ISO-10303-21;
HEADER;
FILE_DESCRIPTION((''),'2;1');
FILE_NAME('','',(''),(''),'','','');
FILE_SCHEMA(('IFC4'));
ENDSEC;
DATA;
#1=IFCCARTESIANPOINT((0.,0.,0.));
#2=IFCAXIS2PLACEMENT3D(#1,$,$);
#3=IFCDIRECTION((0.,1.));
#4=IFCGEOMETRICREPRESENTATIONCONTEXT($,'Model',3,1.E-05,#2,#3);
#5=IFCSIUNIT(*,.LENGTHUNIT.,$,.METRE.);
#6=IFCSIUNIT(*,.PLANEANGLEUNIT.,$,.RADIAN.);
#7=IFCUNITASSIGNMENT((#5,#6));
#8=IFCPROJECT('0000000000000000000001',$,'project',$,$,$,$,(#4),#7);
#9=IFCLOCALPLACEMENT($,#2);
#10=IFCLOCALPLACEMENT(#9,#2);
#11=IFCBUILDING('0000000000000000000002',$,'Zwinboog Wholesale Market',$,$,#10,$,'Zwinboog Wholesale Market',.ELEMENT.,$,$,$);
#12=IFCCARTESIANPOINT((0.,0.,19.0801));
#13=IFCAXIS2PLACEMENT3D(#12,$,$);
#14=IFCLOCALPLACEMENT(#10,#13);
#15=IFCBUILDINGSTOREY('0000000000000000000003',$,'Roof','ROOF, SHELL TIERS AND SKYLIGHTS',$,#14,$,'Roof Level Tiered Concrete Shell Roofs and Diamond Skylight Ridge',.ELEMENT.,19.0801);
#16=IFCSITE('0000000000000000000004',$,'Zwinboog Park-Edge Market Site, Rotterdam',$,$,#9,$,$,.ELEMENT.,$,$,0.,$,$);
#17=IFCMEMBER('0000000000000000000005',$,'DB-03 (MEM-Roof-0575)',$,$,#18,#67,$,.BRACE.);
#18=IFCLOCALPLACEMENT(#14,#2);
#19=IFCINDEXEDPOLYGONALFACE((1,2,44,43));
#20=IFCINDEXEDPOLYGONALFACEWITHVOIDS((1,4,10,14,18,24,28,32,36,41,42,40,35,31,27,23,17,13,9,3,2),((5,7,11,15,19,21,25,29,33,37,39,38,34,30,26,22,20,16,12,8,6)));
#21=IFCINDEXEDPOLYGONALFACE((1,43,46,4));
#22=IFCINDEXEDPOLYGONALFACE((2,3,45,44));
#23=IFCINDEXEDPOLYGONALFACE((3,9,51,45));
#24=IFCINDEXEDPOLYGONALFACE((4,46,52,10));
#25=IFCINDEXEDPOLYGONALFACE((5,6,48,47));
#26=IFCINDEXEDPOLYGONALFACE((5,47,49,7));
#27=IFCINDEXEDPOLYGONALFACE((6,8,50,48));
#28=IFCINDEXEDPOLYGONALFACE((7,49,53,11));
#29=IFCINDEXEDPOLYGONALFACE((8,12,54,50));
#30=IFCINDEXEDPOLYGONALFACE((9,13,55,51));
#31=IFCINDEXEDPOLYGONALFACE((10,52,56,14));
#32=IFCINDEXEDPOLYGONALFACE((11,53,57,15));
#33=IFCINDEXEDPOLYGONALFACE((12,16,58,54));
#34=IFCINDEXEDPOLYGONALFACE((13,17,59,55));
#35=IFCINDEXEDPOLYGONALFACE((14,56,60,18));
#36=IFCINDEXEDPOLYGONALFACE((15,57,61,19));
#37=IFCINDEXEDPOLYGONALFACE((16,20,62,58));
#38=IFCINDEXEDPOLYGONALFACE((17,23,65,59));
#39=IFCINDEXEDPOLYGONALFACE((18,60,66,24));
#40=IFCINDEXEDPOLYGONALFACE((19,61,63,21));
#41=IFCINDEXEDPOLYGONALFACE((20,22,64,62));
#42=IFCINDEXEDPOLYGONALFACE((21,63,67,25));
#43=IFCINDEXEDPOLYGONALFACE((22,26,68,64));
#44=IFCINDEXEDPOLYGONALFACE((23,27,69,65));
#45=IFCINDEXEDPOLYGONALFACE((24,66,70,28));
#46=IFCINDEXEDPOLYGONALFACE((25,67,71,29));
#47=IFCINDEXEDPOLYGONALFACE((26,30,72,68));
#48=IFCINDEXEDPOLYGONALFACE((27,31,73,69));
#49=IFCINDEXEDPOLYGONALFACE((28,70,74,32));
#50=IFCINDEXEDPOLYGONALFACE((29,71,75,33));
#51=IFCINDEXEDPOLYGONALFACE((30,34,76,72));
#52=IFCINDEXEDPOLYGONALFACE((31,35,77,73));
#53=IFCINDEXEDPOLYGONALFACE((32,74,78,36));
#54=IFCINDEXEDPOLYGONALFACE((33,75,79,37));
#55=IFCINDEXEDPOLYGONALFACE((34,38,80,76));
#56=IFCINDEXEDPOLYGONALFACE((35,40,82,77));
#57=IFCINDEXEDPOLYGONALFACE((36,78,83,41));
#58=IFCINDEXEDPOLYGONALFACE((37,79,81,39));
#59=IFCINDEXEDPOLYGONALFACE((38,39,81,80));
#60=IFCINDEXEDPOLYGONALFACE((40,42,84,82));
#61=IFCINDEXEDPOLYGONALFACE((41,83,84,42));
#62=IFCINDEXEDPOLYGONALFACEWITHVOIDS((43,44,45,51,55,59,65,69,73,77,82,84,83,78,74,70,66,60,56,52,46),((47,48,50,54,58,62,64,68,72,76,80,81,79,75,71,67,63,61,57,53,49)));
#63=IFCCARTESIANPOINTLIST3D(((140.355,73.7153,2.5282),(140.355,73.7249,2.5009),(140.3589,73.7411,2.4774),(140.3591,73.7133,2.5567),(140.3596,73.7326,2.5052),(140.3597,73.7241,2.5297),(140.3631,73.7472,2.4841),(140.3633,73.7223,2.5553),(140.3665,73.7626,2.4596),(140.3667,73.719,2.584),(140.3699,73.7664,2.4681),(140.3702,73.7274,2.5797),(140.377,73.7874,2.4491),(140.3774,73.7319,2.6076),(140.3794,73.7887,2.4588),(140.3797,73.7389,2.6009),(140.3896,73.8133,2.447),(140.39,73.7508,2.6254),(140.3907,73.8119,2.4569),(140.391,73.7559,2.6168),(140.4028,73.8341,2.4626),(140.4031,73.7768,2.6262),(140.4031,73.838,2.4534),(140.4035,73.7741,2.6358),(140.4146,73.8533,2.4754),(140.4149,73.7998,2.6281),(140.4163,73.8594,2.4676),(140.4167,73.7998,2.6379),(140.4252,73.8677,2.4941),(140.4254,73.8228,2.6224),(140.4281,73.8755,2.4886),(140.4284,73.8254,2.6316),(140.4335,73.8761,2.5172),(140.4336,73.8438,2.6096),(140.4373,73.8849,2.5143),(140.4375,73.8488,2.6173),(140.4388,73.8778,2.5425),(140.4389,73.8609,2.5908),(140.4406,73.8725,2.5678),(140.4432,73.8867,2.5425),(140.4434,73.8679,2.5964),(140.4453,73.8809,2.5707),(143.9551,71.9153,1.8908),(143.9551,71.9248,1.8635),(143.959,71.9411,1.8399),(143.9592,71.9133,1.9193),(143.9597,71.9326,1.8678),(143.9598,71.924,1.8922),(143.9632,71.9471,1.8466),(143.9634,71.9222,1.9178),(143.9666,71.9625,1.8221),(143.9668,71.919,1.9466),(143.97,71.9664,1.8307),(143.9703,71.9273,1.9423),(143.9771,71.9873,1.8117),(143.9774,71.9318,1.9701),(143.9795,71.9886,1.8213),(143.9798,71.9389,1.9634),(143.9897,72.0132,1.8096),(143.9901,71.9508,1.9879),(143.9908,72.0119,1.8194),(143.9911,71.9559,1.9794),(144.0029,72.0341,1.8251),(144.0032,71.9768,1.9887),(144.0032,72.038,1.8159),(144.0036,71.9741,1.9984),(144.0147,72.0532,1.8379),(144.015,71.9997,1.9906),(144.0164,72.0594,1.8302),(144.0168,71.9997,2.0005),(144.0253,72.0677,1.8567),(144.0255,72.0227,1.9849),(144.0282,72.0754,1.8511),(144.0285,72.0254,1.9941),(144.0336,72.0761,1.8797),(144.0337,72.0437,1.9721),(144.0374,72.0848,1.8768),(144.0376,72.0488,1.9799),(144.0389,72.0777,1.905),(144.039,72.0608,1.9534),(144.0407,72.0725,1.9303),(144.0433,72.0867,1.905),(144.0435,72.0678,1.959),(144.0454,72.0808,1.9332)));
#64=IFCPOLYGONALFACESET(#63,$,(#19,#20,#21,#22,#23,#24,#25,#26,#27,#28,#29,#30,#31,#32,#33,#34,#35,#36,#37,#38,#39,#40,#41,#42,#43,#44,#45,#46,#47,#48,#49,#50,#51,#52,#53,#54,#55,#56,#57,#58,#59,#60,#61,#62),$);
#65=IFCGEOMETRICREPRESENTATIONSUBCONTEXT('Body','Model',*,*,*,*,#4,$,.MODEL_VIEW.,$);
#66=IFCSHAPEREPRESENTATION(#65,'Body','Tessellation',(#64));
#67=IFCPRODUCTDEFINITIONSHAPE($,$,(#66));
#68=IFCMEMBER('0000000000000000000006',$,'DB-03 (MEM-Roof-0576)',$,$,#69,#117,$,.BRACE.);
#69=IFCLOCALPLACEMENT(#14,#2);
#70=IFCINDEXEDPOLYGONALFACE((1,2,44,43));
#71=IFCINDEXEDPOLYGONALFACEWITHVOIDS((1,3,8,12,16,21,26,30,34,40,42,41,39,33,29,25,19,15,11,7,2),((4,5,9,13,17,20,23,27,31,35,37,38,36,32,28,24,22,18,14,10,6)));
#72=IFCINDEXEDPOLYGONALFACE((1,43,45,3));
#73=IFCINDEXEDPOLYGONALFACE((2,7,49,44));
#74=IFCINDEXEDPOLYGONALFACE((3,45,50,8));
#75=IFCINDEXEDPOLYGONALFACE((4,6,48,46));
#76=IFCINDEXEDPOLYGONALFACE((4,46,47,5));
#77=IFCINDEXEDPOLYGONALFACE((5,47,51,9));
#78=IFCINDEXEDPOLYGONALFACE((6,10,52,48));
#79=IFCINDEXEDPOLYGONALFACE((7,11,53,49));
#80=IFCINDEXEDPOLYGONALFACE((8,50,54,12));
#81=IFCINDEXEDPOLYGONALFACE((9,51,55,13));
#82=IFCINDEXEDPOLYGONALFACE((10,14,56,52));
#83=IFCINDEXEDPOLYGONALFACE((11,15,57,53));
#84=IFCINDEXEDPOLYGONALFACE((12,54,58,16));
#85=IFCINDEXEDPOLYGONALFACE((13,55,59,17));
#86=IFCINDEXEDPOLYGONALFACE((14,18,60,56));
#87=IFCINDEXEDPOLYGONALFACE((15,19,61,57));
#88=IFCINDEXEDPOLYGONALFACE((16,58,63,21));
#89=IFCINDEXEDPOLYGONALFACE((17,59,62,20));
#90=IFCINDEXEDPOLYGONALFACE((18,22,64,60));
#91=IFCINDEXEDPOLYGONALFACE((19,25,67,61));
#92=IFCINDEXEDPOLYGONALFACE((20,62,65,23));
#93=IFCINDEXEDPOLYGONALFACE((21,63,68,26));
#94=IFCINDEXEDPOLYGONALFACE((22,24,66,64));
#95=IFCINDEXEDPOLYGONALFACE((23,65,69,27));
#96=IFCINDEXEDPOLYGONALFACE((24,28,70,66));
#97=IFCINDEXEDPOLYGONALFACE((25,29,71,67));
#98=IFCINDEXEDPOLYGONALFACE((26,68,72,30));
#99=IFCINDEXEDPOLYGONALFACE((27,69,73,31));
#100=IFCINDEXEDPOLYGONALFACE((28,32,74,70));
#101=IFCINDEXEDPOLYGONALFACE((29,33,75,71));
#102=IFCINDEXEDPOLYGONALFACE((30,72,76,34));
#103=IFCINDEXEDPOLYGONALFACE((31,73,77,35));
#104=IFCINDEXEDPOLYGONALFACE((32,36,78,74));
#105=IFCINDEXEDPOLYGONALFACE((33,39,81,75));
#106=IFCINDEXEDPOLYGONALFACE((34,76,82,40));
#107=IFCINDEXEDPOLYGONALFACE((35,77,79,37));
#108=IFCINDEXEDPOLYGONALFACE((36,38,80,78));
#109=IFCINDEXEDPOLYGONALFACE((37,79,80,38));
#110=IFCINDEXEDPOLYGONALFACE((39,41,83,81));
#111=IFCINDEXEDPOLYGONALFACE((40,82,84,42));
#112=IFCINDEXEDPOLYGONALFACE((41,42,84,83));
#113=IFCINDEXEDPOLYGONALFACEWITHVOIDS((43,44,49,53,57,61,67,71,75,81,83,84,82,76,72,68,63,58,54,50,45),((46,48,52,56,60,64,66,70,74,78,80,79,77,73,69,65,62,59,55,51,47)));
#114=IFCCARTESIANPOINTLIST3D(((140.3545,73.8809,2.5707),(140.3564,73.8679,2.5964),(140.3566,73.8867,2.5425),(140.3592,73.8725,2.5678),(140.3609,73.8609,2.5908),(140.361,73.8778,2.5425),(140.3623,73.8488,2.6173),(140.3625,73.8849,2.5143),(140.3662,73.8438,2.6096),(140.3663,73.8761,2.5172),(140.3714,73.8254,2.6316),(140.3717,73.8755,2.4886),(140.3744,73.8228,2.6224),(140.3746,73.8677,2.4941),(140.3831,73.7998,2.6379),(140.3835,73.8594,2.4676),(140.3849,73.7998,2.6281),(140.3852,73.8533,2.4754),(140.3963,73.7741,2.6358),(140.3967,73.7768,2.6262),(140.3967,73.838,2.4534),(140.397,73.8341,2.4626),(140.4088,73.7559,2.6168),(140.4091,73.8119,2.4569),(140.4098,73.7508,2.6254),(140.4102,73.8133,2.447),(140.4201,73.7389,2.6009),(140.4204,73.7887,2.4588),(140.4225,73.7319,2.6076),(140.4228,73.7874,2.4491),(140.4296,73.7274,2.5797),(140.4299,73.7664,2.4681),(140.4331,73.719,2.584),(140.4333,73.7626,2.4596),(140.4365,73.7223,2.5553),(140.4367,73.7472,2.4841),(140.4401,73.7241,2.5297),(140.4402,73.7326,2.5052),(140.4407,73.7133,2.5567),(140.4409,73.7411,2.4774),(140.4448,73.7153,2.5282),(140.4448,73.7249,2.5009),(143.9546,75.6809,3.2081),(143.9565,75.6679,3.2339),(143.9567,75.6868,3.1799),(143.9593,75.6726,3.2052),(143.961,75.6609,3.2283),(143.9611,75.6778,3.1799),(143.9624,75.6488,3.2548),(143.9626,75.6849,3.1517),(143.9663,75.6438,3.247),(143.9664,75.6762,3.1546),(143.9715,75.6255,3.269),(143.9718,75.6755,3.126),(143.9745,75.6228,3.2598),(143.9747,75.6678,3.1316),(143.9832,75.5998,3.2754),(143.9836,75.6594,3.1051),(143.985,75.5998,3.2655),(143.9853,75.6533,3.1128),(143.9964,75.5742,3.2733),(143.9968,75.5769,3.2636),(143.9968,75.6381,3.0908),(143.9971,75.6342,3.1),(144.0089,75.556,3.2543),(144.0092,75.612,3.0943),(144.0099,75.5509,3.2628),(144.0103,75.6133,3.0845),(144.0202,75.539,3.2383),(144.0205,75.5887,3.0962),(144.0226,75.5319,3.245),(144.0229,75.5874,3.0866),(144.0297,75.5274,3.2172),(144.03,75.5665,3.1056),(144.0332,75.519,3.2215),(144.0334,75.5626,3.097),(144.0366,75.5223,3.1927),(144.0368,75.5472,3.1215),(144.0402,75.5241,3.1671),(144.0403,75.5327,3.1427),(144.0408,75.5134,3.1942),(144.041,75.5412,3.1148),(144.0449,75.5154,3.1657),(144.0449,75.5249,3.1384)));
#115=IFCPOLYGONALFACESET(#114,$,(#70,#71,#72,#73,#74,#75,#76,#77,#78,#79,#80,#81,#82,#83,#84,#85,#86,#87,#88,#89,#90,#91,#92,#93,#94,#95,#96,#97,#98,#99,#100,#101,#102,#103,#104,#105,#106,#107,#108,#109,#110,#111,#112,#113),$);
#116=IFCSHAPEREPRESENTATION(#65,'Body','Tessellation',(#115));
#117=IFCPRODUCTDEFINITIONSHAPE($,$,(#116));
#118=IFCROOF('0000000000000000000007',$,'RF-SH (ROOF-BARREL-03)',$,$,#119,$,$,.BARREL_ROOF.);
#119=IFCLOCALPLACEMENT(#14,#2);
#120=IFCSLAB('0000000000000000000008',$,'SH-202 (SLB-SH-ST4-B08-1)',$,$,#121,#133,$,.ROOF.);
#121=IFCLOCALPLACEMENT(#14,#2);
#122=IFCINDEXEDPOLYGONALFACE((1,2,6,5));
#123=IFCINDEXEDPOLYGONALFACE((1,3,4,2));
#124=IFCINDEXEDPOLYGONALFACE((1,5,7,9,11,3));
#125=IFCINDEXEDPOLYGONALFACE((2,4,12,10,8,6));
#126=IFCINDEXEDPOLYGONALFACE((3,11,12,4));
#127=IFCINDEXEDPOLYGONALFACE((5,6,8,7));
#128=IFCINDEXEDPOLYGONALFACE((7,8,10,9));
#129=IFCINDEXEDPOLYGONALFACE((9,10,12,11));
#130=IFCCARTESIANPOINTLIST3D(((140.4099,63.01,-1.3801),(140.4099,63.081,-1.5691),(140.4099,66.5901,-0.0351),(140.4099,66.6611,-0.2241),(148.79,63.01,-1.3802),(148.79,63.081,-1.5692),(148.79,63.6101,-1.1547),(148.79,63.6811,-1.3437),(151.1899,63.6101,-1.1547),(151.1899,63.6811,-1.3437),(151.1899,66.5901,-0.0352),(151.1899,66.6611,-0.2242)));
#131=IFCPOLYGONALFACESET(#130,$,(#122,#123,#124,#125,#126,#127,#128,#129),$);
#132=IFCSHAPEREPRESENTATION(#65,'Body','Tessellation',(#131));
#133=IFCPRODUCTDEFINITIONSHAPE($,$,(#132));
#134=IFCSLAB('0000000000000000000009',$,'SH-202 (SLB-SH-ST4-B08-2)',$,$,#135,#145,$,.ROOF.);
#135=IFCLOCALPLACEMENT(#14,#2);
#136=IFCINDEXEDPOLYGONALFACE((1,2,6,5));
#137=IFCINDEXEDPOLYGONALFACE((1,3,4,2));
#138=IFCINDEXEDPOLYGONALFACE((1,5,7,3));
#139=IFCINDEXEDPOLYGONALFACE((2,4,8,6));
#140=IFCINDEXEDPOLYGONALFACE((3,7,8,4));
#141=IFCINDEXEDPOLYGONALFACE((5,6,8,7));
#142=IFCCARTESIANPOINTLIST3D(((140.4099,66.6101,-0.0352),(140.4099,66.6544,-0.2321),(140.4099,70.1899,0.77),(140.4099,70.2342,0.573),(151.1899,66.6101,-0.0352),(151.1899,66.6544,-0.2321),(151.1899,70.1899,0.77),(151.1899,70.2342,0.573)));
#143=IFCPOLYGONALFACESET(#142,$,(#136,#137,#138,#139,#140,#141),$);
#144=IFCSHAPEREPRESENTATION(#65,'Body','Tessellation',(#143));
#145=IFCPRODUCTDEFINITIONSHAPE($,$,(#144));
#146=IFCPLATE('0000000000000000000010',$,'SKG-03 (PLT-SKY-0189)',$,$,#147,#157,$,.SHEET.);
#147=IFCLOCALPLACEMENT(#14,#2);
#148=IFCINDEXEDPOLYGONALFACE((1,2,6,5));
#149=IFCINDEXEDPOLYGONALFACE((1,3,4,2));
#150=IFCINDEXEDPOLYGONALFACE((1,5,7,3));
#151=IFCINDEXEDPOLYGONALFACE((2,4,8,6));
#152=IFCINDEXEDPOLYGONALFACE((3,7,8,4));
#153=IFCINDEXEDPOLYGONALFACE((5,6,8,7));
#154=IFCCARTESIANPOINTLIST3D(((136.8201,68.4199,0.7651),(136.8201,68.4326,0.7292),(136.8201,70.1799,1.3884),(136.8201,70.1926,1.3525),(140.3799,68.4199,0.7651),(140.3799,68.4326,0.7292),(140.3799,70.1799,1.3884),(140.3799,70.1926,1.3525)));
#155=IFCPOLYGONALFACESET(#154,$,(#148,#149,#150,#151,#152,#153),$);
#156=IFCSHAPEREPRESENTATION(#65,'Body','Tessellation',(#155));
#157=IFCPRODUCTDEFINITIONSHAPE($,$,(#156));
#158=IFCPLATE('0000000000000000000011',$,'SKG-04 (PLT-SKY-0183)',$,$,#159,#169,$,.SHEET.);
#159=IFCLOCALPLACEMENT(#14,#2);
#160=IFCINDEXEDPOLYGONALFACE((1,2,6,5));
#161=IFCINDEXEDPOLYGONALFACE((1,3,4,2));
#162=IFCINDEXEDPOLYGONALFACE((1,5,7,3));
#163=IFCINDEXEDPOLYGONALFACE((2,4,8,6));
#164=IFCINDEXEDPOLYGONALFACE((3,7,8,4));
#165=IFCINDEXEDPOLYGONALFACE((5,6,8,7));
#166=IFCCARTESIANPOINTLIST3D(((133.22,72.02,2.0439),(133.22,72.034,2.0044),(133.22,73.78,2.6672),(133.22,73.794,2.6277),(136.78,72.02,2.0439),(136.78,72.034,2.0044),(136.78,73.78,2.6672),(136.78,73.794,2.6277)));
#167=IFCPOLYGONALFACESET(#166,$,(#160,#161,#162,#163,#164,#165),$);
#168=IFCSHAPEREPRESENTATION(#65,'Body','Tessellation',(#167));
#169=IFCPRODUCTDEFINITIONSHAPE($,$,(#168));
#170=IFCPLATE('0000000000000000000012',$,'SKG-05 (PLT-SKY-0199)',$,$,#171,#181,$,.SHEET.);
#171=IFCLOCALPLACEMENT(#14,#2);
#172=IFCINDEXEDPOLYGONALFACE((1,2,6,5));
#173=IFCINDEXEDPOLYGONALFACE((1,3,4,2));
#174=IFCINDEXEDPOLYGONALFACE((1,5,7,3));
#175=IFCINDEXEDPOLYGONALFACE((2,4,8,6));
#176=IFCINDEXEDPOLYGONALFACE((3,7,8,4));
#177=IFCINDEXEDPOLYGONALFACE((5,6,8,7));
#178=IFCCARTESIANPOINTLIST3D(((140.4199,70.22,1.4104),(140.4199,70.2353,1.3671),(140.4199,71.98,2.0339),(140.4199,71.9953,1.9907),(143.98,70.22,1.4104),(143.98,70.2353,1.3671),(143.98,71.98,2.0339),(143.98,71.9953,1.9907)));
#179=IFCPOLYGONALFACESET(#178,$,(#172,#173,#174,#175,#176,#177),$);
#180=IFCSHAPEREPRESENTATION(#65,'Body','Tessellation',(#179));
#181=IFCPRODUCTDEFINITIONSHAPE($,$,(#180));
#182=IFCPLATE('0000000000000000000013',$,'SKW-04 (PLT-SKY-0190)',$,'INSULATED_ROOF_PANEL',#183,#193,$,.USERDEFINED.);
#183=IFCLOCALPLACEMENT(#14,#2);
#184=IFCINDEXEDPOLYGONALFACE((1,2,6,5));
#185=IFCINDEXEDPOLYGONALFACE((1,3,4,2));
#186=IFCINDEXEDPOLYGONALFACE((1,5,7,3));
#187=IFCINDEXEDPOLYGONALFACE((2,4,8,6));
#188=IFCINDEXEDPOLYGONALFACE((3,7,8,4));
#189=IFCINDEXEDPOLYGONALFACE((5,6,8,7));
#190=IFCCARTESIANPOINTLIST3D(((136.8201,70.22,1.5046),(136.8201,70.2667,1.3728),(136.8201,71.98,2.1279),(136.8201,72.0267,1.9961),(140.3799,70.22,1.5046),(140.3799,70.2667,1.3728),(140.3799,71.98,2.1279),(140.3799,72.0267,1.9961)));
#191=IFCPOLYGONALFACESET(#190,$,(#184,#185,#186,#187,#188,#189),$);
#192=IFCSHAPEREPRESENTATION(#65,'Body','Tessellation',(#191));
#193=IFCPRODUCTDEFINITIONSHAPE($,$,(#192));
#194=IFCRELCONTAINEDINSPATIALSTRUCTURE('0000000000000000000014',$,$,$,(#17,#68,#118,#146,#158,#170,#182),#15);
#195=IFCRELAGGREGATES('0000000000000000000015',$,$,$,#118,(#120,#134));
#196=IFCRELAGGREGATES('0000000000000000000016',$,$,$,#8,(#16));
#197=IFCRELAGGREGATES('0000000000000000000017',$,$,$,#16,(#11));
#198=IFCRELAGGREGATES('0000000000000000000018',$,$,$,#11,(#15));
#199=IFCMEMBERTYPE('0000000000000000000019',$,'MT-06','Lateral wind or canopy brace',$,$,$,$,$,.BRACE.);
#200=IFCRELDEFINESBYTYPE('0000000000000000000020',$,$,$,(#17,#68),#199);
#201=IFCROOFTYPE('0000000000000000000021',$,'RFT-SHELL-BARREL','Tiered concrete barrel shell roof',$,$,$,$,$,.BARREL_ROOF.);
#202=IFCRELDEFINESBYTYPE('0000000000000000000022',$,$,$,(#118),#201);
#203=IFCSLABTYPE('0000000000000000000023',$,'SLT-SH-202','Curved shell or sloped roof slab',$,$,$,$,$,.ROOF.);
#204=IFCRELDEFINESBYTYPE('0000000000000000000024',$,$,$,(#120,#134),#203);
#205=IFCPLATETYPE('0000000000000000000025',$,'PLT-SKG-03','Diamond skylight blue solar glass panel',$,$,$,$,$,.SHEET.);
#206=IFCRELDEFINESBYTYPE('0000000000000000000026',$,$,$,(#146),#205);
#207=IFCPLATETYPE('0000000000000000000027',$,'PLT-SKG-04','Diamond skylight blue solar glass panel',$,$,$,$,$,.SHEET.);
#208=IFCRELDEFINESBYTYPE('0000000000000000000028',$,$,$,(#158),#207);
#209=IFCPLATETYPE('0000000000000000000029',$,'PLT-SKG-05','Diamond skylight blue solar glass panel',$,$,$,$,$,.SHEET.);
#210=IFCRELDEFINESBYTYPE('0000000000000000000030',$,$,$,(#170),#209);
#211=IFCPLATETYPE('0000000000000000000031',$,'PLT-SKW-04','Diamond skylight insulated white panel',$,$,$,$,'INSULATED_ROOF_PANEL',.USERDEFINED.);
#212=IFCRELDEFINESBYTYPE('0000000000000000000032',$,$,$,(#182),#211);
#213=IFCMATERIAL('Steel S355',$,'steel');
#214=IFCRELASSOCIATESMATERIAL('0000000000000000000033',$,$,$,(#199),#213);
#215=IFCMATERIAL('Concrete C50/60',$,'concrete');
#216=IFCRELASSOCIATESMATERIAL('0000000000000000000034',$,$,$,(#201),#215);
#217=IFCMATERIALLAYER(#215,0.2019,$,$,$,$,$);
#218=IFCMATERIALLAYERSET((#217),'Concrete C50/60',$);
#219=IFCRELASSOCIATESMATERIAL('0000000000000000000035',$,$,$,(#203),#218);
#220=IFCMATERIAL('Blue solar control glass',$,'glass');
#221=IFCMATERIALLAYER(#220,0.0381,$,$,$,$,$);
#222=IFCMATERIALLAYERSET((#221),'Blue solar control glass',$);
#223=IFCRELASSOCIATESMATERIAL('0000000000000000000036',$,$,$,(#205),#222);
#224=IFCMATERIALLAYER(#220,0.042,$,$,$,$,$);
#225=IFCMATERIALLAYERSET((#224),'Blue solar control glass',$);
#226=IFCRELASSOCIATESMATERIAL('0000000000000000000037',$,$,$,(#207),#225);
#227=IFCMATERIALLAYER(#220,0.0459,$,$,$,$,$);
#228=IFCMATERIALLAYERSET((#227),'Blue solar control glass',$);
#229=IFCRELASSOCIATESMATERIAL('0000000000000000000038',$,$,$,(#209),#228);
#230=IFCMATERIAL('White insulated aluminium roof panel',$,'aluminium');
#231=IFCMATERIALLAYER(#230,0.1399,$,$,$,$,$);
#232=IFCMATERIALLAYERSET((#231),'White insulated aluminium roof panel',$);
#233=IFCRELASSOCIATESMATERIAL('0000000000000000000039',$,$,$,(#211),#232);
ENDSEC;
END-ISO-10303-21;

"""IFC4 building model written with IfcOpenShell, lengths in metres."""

from ifc_helpers import new_model, si_unit, direction, frame, origin, origin_2d, place, context, subcontext, project, spatial, polyline, hollow_circle, outline, extrude, material, layer, layer_set, material_profile, profile_set, type_object, element, aggregate, save


model = new_model("IFC4")

# Units and contexts
model_context = context("Model", 3, precision=1e-05, world=origin(), true_north=direction((0.0, 1.0)))
body_context = subcontext(model_context, "Body", "Model", "MODEL_VIEW")
ifc_project = project(units=[si_unit("LENGTHUNIT", "METRE"), si_unit("PLANEANGLEUNIT", "RADIAN")], contexts=[model_context])

# Site, building, storey
site_placement = place(None, origin())
site = spatial("IfcSite", under=ifc_project, at=site_placement, Name="Zwinboog Park-Edge Market Site, Rotterdam", CompositionType="ELEMENT", RefElevation=0.0)
building_placement = place(site_placement, origin())
building = spatial("IfcBuilding", under=site, at=building_placement, Name="Zwinboog Wholesale Market", LongName="Zwinboog Wholesale Market", CompositionType="ELEMENT")
storey_placement = place(building_placement, frame((0.0, 0.0, 19.0801)))
storey = spatial("IfcBuildingStorey", under=building, at=storey_placement, Name="Roof", Description="ROOF, SHELL TIERS AND SKYLIGHTS", LongName="Roof Level Tiered Concrete Shell Roofs and Diamond Skylight Ridge", CompositionType="ELEMENT", Elevation=19.0801)

# Members
ifc_material_1 = material(Name="Steel S355", Category="steel")
ifc_material_profile_1 = material_profile(ifc_material_1, hollow_circle(Radius=0.0969, WallThickness=0.01, at=origin_2d()), Name="CHS 193.7x10")
ifc_profile_set_1 = profile_set([ifc_material_profile_1], Name="Steel S355")
member_type_1 = type_object("IfcMemberType", Name="MT-06", Description="Lateral wind or canopy brace", PredefinedType="BRACE", material=ifc_profile_set_1)
for number, where, z_axis, x_axis, name in (
    (1, (140.3999, 73.8, 2.5425), (0.883417, -0.441709, -0.156422), (0.447214, 0.894427, 0.0), "DB-03 (MEM-Roof-0575)"),
    (2, (140.3999, 73.8, 2.5425), (0.883417, 0.441709, 0.156422), (-0.447214, 0.894427, 0.0), "DB-03 (MEM-Roof-0576)"),
):
    element("IfcMember", number, at=place(storey_placement, frame(where, z_axis=z_axis, x_axis=x_axis)), inside=storey, type_object=member_type_1, Name=name, PredefinedType="BRACE", context=body_context, shape_type="SweptSolid", body=[
        extrude(hollow_circle(Radius=0.0969, WallThickness=0.01, at=origin_2d()), origin(), (0.0, 0.0, 1.0), 4.0752),
    ])

# Roof, slabs
ifc_material_2 = material(Name="Concrete C50/60", Category="concrete")
roof_type = type_object("IfcRoofType", Name="RFT-SHELL-BARREL", Description="Tiered concrete barrel shell roof", PredefinedType="BARREL_ROOF", material=ifc_material_2)
roof_placement = place(storey_placement, origin())
roof = element("IfcRoof", 3, at=roof_placement, inside=storey, type_object=roof_type, Name="RF-SH (ROOF-BARREL-03)", PredefinedType="BARREL_ROOF")
ifc_layer_1 = layer(ifc_material_2, 0.2019)
ifc_layer_set_1 = layer_set([ifc_layer_1], Name="Concrete C50/60")
slab_type = type_object("IfcSlabType", Name="SLT-SH-202", Description="Curved shell or sloped roof slab", PredefinedType="ROOF", material=ifc_layer_set_1)
slab_1_placement = place(storey_placement, frame((140.4099, 63.01, -1.3801), z_axis=(0.000005, -0.351689, 0.936117), x_axis=(1.0, 0.000002, -0.000004)))
slab_1 = element("IfcSlab", 4, at=slab_1_placement, type_object=slab_type, Name="SH-202 (SLB-SH-ST4-B08-1)", PredefinedType="ROOF", context=body_context, shape_type="SweptSolid", body=[
    extrude(outline(polyline([(0.0, 0.0), (8.3801, 0.0), (8.3801, 0.641), (10.78, 0.641), (10.78, 3.8244), (0.0, 3.8244), (0.0, 0.0)])), origin(), (0.0, 0.0, -1.0), 0.2019),
])
slab_2_placement = place(storey_placement, frame((140.4099, 66.6101, -0.0352), z_axis=(0.0, -0.219438, 0.975626), x_axis=(1.0, 0.0, 0.0)))
slab_2 = element("IfcSlab", 5, at=slab_2_placement, type_object=slab_type, Name="SH-202 (SLB-SH-ST4-B08-2)", PredefinedType="ROOF", context=body_context, shape_type="SweptSolid", body=[
    extrude(outline(polyline([(0.0, 0.0), (10.78, 0.0), (10.78, 3.6693), (0.0, 3.6693), (0.0, 0.0)])), origin(), (0.0, 0.0, -1.0), 0.2019),
])
aggregate(roof, [slab_1, slab_2])

# Plates
ifc_material_3 = material(Name="Blue solar control glass", Category="glass")
ifc_layer_2 = layer(ifc_material_3, 0.0381)
ifc_layer_set_2 = layer_set([ifc_layer_2], Name="Blue solar control glass")
plate_type_1 = type_object("IfcPlateType", Name="PLT-SKG-03", Description="Diamond skylight blue solar glass panel", PredefinedType="SHEET", material=ifc_layer_set_2)
plate_1_placement = place(storey_placement, frame((136.8201, 68.4199, 0.7651), z_axis=(0.0, -0.333825, 0.942635), x_axis=(1.0, 0.0, 0.0)))
element("IfcPlate", 6, at=plate_1_placement, inside=storey, type_object=plate_type_1, Name="SKG-03 (PLT-SKY-0189)", PredefinedType="SHEET", context=body_context, shape_type="SweptSolid", body=[
    extrude(outline(polyline([(0.0, 0.0), (3.5598, 0.0), (3.5598, 1.8671), (0.0, 1.8671), (0.0, 0.0)])), origin(), (0.0, 0.0, -1.0), 0.0381),
])
ifc_layer_3 = layer(ifc_material_3, 0.042)
ifc_layer_set_3 = layer_set([ifc_layer_3], Name="Blue solar control glass")
plate_type_2 = type_object("IfcPlateType", Name="PLT-SKG-04", Description="Diamond skylight blue solar glass panel", PredefinedType="SHEET", material=ifc_layer_set_3)
plate_2_placement = place(storey_placement, frame((133.22, 72.02, 2.0439), z_axis=(0.0, -0.333825, 0.942635), x_axis=(1.0, 0.0, 0.0)))
element("IfcPlate", 7, at=plate_2_placement, inside=storey, type_object=plate_type_2, Name="SKG-04 (PLT-SKY-0183)", PredefinedType="SHEET", context=body_context, shape_type="SweptSolid", body=[
    extrude(outline(polyline([(0.0, 0.0), (3.5601, 0.0), (3.5601, 1.8671), (0.0, 1.8671), (0.0, 0.0)])), origin(), (0.0, 0.0, -1.0), 0.042),
])
ifc_layer_4 = layer(ifc_material_3, 0.0459)
ifc_layer_set_4 = layer_set([ifc_layer_4], Name="Blue solar control glass")
plate_type_3 = type_object("IfcPlateType", Name="PLT-SKG-05", Description="Diamond skylight blue solar glass panel", PredefinedType="SHEET", material=ifc_layer_set_4)
plate_3_placement = place(storey_placement, frame((140.4199, 70.22, 1.4104), z_axis=(0.0, -0.333942, 0.942594), x_axis=(1.0, 0.0, 0.0)))
element("IfcPlate", 8, at=plate_3_placement, inside=storey, type_object=plate_type_3, Name="SKG-05 (PLT-SKY-0199)", PredefinedType="SHEET", context=body_context, shape_type="SweptSolid", body=[
    extrude(outline(polyline([(0.0, 0.0), (3.5601, 0.0), (3.5601, 1.8672), (0.0, 1.8672), (0.0, 0.0)])), origin(), (0.0, 0.0, -1.0), 0.0459),
])
ifc_material_4 = material(Name="White insulated aluminium roof panel", Category="aluminium")
ifc_layer_5 = layer(ifc_material_4, 0.1399)
ifc_layer_set_5 = layer_set([ifc_layer_5], Name="White insulated aluminium roof panel")
plate_type_4 = type_object("IfcPlateType", Name="PLT-SKW-04", Description="Diamond skylight insulated white panel", ElementType="INSULATED_ROOF_PANEL", PredefinedType="USERDEFINED", material=ifc_layer_set_5)
plate_4_placement = place(storey_placement, frame((136.8201, 70.22, 1.5046), z_axis=(0.0, -0.333825, 0.942635), x_axis=(1.0, 0.0, 0.0)))
element("IfcPlate", 9, at=plate_4_placement, inside=storey, type_object=plate_type_4, Name="SKW-04 (PLT-SKY-0190)", ObjectType="INSULATED_ROOF_PANEL", PredefinedType="USERDEFINED", context=body_context, shape_type="SweptSolid", body=[
    extrude(outline(polyline([(0.0, 0.0), (3.5598, 0.0), (3.5598, 1.8671), (0.0, 1.8671), (0.0, 0.0)])), origin(), (0.0, 0.0, -1.0), 0.1399),
])

save(model, "model.ifc")
